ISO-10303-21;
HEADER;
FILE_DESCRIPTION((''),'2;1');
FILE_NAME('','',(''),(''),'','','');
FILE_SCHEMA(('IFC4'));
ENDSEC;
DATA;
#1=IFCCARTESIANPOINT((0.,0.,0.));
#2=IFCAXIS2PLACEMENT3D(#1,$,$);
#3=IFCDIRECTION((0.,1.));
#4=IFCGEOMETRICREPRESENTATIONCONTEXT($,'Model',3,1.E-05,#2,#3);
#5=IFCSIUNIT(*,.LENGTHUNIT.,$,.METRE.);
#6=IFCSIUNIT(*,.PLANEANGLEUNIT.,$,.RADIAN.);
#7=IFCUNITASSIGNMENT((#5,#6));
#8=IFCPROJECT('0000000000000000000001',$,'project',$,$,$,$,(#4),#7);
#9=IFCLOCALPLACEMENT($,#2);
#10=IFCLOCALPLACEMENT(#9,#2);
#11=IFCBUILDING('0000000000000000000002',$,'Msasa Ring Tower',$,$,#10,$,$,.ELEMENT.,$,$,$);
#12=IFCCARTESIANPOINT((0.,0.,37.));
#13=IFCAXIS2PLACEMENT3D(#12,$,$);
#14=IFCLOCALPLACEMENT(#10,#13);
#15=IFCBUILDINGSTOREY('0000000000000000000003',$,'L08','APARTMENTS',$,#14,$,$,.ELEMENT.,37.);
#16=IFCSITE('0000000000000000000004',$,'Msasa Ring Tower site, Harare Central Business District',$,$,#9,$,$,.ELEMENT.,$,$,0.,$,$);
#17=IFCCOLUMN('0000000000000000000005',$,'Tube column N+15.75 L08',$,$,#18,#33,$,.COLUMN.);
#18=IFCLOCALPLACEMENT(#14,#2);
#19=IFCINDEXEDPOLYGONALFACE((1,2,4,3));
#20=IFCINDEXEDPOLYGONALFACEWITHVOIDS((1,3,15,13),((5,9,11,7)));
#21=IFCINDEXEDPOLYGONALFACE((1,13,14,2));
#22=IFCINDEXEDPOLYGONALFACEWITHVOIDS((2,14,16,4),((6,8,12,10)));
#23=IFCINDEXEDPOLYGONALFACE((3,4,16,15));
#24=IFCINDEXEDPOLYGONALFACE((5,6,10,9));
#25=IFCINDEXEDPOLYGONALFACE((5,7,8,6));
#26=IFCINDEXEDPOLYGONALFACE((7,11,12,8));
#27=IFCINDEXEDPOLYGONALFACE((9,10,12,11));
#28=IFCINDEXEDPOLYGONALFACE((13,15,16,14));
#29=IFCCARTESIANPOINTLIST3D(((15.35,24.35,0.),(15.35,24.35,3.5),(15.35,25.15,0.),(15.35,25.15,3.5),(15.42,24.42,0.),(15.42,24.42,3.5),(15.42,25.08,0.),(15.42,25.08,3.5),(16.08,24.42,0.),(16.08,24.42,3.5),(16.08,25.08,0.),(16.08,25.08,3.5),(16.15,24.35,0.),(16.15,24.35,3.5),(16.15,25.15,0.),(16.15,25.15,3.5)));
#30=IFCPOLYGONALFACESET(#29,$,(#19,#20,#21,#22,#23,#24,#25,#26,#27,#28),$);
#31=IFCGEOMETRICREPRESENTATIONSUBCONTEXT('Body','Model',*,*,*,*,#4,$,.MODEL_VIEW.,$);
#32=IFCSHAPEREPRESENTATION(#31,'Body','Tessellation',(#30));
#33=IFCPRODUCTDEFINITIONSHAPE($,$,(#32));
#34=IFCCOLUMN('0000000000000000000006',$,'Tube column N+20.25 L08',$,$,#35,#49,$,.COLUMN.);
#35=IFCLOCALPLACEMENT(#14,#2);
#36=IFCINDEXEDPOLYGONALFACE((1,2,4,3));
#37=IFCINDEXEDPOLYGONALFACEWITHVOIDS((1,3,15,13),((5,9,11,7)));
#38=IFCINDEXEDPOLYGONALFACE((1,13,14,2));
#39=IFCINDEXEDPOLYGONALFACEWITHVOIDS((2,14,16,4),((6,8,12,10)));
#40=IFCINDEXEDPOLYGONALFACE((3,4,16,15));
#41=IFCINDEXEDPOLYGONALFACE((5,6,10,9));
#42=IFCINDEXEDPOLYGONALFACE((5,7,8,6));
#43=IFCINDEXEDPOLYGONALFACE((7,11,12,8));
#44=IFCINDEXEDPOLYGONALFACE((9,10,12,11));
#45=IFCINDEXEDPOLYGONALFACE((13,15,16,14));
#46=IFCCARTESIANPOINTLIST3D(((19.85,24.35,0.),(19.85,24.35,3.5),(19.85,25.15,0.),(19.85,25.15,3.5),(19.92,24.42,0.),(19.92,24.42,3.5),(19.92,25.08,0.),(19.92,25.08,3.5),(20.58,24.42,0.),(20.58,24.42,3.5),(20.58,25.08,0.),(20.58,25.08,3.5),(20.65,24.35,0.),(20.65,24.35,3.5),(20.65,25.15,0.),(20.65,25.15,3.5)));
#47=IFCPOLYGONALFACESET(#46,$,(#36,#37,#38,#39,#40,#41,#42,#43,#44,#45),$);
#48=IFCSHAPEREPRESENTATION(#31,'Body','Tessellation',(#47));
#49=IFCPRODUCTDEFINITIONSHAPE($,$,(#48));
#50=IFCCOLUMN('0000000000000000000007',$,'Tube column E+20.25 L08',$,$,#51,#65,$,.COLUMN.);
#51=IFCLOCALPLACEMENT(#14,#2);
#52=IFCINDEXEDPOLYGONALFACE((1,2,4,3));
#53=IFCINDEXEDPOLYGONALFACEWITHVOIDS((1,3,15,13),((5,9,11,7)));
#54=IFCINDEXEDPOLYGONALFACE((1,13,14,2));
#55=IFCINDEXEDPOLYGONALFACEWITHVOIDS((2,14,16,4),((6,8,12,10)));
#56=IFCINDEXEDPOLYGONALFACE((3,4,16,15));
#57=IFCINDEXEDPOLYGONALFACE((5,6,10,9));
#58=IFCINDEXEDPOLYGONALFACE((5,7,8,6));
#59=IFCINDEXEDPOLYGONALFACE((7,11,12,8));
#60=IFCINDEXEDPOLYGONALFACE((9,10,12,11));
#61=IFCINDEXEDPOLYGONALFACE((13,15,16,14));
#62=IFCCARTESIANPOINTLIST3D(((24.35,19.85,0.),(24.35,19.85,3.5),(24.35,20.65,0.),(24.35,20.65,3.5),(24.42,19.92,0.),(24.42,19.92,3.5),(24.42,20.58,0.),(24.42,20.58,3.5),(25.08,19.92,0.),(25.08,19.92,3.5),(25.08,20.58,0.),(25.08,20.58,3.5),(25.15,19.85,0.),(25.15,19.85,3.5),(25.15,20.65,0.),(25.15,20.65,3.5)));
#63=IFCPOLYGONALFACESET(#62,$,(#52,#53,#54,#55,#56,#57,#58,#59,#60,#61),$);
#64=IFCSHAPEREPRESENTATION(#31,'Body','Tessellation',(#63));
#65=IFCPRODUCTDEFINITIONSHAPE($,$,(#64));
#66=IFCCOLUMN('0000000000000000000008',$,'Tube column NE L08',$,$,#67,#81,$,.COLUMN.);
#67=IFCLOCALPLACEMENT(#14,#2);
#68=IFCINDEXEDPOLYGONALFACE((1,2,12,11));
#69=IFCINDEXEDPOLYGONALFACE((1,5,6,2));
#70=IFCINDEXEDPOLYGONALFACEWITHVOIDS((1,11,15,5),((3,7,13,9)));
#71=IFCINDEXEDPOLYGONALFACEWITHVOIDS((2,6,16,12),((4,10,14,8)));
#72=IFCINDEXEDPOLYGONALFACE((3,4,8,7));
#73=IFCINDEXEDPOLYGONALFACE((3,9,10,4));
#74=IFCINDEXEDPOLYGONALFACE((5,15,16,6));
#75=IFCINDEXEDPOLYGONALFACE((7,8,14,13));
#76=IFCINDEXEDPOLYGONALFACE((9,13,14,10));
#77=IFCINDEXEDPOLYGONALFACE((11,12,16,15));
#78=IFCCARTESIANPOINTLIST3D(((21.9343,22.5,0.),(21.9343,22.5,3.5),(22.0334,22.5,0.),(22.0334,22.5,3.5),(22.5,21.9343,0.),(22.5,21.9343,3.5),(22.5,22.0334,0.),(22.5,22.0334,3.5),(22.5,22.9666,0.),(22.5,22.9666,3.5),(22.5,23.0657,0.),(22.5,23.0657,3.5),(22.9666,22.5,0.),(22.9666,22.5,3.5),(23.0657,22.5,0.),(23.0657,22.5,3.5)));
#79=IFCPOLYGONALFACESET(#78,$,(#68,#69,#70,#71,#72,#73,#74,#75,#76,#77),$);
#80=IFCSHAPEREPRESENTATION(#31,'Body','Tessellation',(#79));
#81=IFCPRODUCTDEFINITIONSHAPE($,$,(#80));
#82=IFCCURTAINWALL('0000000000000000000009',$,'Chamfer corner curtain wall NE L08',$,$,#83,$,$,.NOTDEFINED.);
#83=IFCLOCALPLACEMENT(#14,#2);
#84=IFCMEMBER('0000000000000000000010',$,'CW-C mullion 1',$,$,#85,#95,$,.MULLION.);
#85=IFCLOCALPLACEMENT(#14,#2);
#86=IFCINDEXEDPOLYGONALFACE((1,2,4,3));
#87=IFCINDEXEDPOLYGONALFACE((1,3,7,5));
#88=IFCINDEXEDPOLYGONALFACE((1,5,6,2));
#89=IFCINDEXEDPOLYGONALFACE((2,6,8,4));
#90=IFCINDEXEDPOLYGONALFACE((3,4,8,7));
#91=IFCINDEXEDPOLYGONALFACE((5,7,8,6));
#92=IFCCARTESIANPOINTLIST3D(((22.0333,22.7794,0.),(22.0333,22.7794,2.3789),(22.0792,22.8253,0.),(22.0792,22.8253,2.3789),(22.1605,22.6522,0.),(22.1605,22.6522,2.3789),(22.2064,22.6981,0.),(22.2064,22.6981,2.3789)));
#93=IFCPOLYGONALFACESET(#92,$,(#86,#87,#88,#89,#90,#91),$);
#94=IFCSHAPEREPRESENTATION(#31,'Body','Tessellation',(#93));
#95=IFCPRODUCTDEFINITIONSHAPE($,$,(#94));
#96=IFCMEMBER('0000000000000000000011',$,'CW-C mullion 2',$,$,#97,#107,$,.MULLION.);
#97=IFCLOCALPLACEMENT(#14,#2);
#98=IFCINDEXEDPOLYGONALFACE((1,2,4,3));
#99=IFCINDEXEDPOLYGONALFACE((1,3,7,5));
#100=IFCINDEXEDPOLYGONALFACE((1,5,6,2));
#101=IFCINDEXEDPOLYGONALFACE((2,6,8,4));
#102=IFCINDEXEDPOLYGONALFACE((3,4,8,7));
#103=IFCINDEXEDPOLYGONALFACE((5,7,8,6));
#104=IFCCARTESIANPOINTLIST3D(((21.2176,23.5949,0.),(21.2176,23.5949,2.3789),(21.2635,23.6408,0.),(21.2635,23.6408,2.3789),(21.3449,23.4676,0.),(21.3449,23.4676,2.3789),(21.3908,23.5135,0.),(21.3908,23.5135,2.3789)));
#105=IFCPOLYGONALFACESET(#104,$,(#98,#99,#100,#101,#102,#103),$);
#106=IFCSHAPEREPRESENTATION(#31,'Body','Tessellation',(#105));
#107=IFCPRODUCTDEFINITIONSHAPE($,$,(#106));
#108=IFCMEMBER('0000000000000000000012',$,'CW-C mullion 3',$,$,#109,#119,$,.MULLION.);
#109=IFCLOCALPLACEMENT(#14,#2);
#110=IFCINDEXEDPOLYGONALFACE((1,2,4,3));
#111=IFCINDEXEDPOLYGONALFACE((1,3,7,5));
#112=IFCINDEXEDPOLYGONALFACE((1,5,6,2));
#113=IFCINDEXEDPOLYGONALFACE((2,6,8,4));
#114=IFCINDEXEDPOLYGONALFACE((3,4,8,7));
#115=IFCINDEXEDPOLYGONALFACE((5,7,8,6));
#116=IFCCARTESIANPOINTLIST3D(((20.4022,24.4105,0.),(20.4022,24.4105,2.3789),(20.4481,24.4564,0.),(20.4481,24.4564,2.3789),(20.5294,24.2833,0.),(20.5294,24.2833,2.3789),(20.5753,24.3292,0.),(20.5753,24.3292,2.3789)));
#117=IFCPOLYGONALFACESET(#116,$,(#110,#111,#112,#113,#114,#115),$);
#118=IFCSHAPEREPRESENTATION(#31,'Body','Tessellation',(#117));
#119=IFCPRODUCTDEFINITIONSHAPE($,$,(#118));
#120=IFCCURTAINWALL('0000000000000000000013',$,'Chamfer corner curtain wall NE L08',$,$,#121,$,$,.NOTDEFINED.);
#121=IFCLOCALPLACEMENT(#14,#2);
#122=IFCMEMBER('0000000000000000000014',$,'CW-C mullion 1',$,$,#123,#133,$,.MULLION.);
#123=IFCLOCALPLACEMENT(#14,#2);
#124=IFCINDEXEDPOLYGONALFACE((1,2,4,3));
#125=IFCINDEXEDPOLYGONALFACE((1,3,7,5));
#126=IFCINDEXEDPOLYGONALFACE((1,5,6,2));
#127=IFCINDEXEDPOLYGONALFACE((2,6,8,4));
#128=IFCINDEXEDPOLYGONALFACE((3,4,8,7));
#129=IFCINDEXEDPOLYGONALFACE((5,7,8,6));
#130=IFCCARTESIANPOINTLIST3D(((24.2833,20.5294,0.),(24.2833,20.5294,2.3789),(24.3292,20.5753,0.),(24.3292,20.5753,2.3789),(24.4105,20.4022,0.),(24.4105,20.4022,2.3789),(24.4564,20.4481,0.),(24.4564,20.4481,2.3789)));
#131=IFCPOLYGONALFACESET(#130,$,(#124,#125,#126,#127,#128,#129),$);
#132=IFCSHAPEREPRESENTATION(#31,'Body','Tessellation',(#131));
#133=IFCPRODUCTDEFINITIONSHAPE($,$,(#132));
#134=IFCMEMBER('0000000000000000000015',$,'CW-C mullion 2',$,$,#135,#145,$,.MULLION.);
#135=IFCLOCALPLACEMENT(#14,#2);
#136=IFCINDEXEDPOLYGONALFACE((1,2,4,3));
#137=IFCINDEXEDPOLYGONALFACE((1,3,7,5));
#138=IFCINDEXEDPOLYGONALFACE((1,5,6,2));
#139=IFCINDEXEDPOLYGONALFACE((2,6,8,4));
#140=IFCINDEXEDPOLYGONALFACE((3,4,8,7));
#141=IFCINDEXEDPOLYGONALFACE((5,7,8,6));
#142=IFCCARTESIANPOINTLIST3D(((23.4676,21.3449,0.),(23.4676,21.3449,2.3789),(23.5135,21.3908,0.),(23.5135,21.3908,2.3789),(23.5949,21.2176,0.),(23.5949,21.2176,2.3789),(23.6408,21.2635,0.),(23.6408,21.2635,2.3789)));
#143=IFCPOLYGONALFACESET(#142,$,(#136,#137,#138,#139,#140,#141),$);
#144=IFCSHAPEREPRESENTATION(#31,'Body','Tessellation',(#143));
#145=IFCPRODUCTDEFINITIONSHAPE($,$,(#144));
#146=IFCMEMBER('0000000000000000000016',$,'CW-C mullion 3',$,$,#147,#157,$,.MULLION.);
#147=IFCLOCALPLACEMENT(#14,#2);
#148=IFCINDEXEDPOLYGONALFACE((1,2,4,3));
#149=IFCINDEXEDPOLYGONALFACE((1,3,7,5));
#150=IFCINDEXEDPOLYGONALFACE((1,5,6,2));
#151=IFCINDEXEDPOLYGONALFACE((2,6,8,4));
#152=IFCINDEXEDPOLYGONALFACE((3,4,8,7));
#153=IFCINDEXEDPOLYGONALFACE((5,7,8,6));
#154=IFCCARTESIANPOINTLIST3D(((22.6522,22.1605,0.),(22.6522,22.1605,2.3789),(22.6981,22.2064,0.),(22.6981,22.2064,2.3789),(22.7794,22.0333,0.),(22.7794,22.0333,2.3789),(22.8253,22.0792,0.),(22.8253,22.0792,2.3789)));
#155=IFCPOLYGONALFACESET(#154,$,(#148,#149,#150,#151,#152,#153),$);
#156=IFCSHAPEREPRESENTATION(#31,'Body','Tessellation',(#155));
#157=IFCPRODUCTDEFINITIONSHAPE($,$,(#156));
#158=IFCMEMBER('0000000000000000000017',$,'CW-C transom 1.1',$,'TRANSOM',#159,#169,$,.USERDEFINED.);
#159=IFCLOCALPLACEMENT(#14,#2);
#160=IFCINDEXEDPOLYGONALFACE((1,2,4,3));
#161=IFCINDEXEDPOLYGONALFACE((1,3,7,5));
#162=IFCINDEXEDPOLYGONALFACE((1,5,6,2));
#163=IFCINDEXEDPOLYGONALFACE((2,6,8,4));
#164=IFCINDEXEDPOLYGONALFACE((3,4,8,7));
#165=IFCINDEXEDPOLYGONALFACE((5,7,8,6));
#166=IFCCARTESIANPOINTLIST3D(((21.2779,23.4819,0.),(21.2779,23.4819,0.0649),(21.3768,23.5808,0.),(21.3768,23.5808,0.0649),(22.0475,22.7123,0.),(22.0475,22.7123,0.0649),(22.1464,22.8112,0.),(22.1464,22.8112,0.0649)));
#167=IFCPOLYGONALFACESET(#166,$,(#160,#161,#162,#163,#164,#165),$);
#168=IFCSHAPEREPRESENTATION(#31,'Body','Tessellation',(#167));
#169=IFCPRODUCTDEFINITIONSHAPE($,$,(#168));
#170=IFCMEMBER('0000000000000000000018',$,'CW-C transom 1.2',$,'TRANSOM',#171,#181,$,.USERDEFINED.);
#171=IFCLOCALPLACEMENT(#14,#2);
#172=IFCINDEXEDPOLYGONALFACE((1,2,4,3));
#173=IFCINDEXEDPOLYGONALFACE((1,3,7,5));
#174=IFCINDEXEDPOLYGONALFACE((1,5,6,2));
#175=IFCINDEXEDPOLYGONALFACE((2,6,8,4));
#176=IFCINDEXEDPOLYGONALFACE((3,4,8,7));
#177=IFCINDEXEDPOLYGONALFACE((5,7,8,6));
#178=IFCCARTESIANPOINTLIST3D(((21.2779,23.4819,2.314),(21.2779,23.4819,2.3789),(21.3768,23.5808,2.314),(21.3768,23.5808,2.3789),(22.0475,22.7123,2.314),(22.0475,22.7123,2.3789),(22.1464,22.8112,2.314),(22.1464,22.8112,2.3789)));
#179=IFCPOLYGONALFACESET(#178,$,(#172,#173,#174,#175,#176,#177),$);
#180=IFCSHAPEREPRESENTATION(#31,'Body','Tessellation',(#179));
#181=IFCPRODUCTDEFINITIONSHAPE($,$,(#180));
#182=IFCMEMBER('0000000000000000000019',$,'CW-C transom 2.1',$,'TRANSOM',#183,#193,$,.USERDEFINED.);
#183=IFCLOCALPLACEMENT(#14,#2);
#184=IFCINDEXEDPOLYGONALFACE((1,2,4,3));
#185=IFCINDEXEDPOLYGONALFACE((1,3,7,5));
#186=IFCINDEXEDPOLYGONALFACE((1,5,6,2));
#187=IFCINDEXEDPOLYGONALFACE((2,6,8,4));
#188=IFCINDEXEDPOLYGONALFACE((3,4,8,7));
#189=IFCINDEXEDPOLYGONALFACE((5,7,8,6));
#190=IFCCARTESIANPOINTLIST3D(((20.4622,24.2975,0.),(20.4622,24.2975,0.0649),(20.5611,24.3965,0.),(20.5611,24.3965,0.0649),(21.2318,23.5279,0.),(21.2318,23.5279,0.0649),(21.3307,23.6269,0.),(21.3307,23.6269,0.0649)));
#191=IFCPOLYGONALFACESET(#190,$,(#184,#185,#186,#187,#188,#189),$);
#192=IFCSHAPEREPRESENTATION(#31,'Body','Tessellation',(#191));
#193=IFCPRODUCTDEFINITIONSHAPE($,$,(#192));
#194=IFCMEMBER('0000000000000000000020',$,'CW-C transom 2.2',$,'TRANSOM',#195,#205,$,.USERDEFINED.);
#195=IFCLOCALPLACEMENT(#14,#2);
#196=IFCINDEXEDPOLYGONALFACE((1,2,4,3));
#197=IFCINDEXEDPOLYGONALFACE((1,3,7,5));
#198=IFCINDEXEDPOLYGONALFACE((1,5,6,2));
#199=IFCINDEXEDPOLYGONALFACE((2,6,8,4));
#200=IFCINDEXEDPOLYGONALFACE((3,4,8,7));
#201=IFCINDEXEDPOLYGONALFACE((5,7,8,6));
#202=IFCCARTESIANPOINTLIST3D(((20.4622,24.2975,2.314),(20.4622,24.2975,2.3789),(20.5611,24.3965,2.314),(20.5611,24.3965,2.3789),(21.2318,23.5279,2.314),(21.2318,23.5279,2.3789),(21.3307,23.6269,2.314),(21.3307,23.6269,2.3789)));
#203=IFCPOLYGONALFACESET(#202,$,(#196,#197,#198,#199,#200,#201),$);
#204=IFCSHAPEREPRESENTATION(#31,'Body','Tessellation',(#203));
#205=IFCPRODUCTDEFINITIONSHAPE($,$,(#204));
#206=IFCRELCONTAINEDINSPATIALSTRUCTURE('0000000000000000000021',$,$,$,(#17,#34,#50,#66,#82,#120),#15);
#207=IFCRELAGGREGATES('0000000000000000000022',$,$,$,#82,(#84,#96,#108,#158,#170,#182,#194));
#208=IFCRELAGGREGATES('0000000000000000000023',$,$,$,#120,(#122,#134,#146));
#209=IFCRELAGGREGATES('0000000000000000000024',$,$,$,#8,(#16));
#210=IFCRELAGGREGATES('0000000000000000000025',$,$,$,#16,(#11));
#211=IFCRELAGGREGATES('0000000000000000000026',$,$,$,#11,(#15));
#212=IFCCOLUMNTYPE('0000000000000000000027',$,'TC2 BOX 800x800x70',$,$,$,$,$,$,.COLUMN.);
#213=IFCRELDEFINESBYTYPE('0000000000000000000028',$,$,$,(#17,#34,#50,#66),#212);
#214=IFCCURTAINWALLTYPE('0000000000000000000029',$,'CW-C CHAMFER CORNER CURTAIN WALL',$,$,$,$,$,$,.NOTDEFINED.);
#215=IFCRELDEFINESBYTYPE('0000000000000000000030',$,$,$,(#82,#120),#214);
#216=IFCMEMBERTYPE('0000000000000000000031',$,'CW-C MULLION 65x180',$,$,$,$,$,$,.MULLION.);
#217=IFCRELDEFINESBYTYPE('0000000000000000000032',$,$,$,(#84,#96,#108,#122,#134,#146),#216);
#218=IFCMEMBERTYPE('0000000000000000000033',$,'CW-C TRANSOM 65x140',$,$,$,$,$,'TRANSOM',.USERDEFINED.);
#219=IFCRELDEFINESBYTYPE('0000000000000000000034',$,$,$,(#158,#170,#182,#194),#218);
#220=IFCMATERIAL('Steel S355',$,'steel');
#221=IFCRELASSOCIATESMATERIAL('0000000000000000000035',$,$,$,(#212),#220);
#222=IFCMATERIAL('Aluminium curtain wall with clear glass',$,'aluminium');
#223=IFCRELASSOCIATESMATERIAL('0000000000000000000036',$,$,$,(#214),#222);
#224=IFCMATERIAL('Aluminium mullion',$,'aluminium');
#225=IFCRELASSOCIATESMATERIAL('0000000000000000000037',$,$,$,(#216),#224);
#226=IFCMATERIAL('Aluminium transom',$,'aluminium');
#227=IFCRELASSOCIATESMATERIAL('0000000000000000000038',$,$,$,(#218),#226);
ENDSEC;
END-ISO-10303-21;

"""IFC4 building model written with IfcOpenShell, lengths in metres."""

from ifc_helpers import new_model, si_unit, direction, frame, origin, origin_2d, place, context, subcontext, project, spatial, rectangle, hollow_rectangle, extrude, material, material_profile, profile_set, type_object, element, aggregate, save


model = new_model("IFC4")

# Units and contexts
model_context = context("Model", 3, precision=1e-05, world=origin(), true_north=direction((0.0, 1.0)))
body_context = subcontext(model_context, "Body", "Model", "MODEL_VIEW")
ifc_project = project(units=[si_unit("LENGTHUNIT", "METRE"), si_unit("PLANEANGLEUNIT", "RADIAN")], contexts=[model_context])

# Site, building, storey
site_placement = place(None, origin())
site = spatial("IfcSite", under=ifc_project, at=site_placement, Name="Msasa Ring Tower site, Harare Central Business District", CompositionType="ELEMENT", RefElevation=0.0)
building_placement = place(site_placement, origin())
building = spatial("IfcBuilding", under=site, at=building_placement, Name="Msasa Ring Tower", CompositionType="ELEMENT")
storey_placement = place(building_placement, frame((0.0, 0.0, 37.0)))
storey = spatial("IfcBuildingStorey", under=building, at=storey_placement, Name="L08", Description="APARTMENTS", CompositionType="ELEMENT", Elevation=37.0)

# Columns
ifc_material_1 = material(Name="Steel S355", Category="steel")
ifc_material_profile_1 = material_profile(ifc_material_1, hollow_rectangle(XDim=0.8, YDim=0.8, WallThickness=0.0701, at=origin_2d()), Name="BOX 800x800x70")
ifc_profile_set_1 = profile_set([ifc_material_profile_1], Name="Steel S355")
column_type = type_object("IfcColumnType", Name="TC2 BOX 800x800x70", PredefinedType="COLUMN", material=ifc_profile_set_1)
for number, where, z_axis, x_axis, name in (
    (1, (15.75, 24.75, 0.0), (0.0, 0.0, 1.0), (0.0, 1.0, 0.0), "Tube column N+15.75 L08"),
    (2, (20.25, 24.75, 0.0), (0.0, 0.0, 1.0), (0.0, 1.0, 0.0), "Tube column N+20.25 L08"),
    (3, (24.75, 20.25, 0.0), (0.0, 0.0, 1.0), (1.0, 0.0, 0.0), "Tube column E+20.25 L08"),
    (4, (22.5, 22.5, 0.0), (0.0, 0.0, 1.0), (0.707107, 0.707107, 0.0), "Tube column NE L08"),
):
    element("IfcColumn", number, at=place(storey_placement, frame(where, z_axis=z_axis, x_axis=x_axis)), inside=storey, type_object=column_type, Name=name, PredefinedType="COLUMN", context=body_context, shape_type="SweptSolid", body=[
        extrude(hollow_rectangle(XDim=0.8, YDim=0.8, WallThickness=0.0701, at=origin_2d()), origin(), (0.0, 0.0, 1.0), 3.5),
    ])

# Curtain walls, members
ifc_material_2 = material(Name="Aluminium curtain wall with clear glass", Category="aluminium")
curtain_wall_type = type_object("IfcCurtainWallType", Name="CW-C CHAMFER CORNER CURTAIN WALL", PredefinedType="NOTDEFINED", material=ifc_material_2)
curtain_wall_1_placement = place(storey_placement, origin())
curtain_wall_1 = element("IfcCurtainWall", 5, at=curtain_wall_1_placement, inside=storey, type_object=curtain_wall_type, Name="Chamfer corner curtain wall NE L08", PredefinedType="NOTDEFINED")
ifc_material_3 = material(Name="Aluminium mullion", Category="aluminium")
ifc_material_profile_2 = material_profile(ifc_material_3, rectangle(XDim=0.0649, YDim=0.1799, at=origin_2d()), Name="AL 65x180")
ifc_profile_set_2 = profile_set([ifc_material_profile_2], Name="Aluminium mullion")
member_type_1 = type_object("IfcMemberType", Name="CW-C MULLION 65x180", PredefinedType="MULLION", material=ifc_profile_set_2)
member_1_placement = place(storey_placement, frame((22.1199, 22.7388, 0.0), z_axis=(0.0, 0.0, 1.0), x_axis=(-0.707107, -0.707107, 0.0)))
member_1 = element("IfcMember", 6, at=member_1_placement, type_object=member_type_1, Name="CW-C mullion 1", PredefinedType="MULLION", context=body_context, shape_type="SweptSolid", body=[
    extrude(rectangle(XDim=0.0649, YDim=0.1799, at=origin_2d()), origin(), (0.0, 0.0, 1.0), 2.3789),
])
member_2_placement = place(storey_placement, frame((21.3042, 23.5542, 0.0), z_axis=(0.0, 0.0, 1.0), x_axis=(-0.707107, -0.707107, 0.0)))
member_2 = element("IfcMember", 7, at=member_2_placement, type_object=member_type_1, Name="CW-C mullion 2", PredefinedType="MULLION", context=body_context, shape_type="SweptSolid", body=[
    extrude(rectangle(XDim=0.0649, YDim=0.1799, at=origin_2d()), origin(), (0.0, 0.0, 1.0), 2.3789),
])
member_3_placement = place(storey_placement, frame((20.4888, 24.3699, 0.0), z_axis=(0.0, 0.0, 1.0), x_axis=(-0.707107, -0.707107, 0.0)))
member_3 = element("IfcMember", 8, at=member_3_placement, type_object=member_type_1, Name="CW-C mullion 3", PredefinedType="MULLION", context=body_context, shape_type="SweptSolid", body=[
    extrude(rectangle(XDim=0.0649, YDim=0.1799, at=origin_2d()), origin(), (0.0, 0.0, 1.0), 2.3789),
])
curtain_wall_2_placement = place(storey_placement, origin())
curtain_wall_2 = element("IfcCurtainWall", 9, at=curtain_wall_2_placement, inside=storey, type_object=curtain_wall_type, Name="Chamfer corner curtain wall NE L08", PredefinedType="NOTDEFINED")
member_4_placement = place(storey_placement, frame((24.3699, 20.4888, 0.0), z_axis=(0.0, 0.0, 1.0), x_axis=(-0.707107, -0.707107, 0.0)))
member_4 = element("IfcMember", 10, at=member_4_placement, type_object=member_type_1, Name="CW-C mullion 1", PredefinedType="MULLION", context=body_context, shape_type="SweptSolid", body=[
    extrude(rectangle(XDim=0.0649, YDim=0.1799, at=origin_2d()), origin(), (0.0, 0.0, 1.0), 2.3789),
])
member_5_placement = place(storey_placement, frame((23.5542, 21.3042, 0.0), z_axis=(0.0, 0.0, 1.0), x_axis=(-0.707107, -0.707107, 0.0)))
member_5 = element("IfcMember", 11, at=member_5_placement, type_object=member_type_1, Name="CW-C mullion 2", PredefinedType="MULLION", context=body_context, shape_type="SweptSolid", body=[
    extrude(rectangle(XDim=0.0649, YDim=0.1799, at=origin_2d()), origin(), (0.0, 0.0, 1.0), 2.3789),
])
member_6_placement = place(storey_placement, frame((22.7388, 22.1199, 0.0), z_axis=(0.0, 0.0, 1.0), x_axis=(-0.707107, -0.707107, 0.0)))
member_6 = element("IfcMember", 12, at=member_6_placement, type_object=member_type_1, Name="CW-C mullion 3", PredefinedType="MULLION", context=body_context, shape_type="SweptSolid", body=[
    extrude(rectangle(XDim=0.0649, YDim=0.1799, at=origin_2d()), origin(), (0.0, 0.0, 1.0), 2.3789),
])

# Members
ifc_material_4 = material(Name="Aluminium transom", Category="aluminium")
ifc_material_profile_3 = material_profile(ifc_material_4, rectangle(XDim=0.1399, YDim=0.0649, at=origin_2d()), Name="AL 65x140")
ifc_profile_set_3 = profile_set([ifc_material_profile_3], Name="Aluminium transom")
member_type_2 = type_object("IfcMemberType", Name="CW-C TRANSOM 65x140", ElementType="TRANSOM", PredefinedType="USERDEFINED", material=ifc_profile_set_3)
member_7_placement = place(storey_placement, frame((22.0969, 22.7617, 0.0325), z_axis=(-0.707107, 0.707107, 0.0), x_axis=(-0.707107, -0.707107, 0.0)))
member_7 = element("IfcMember", 13, at=member_7_placement, type_object=member_type_2, Name="CW-C transom 1.1", ObjectType="TRANSOM", PredefinedType="USERDEFINED", context=body_context, shape_type="SweptSolid", body=[
    extrude(rectangle(XDim=0.1399, YDim=0.0649, at=origin_2d()), origin(), (0.0, 0.0, 1.0), 1.0884),
])
member_8_placement = place(storey_placement, frame((22.0969, 22.7617, 2.3464), z_axis=(-0.707107, 0.707107, 0.0), x_axis=(-0.707107, -0.707107, 0.0)))
member_8 = element("IfcMember", 14, at=member_8_placement, type_object=member_type_2, Name="CW-C transom 1.2", ObjectType="TRANSOM", PredefinedType="USERDEFINED", context=body_context, shape_type="SweptSolid", body=[
    extrude(rectangle(XDim=0.1399, YDim=0.0649, at=origin_2d()), origin(), (0.0, 0.0, 1.0), 1.0884),
])
member_9_placement = place(storey_placement, frame((21.2812, 23.5774, 0.0325), z_axis=(-0.707107, 0.707107, 0.0), x_axis=(-0.707107, -0.707107, 0.0)))
member_9 = element("IfcMember", 15, at=member_9_placement, type_object=member_type_2, Name="CW-C transom 2.1", ObjectType="TRANSOM", PredefinedType="USERDEFINED", context=body_context, shape_type="SweptSolid", body=[
    extrude(rectangle(XDim=0.1399, YDim=0.0649, at=origin_2d()), origin(), (0.0, 0.0, 1.0), 1.0884),
])
member_10_placement = place(storey_placement, frame((21.2812, 23.5774, 2.3464), z_axis=(-0.707107, 0.707107, 0.0), x_axis=(-0.707107, -0.707107, 0.0)))
member_10 = element("IfcMember", 16, at=member_10_placement, type_object=member_type_2, Name="CW-C transom 2.2", ObjectType="TRANSOM", PredefinedType="USERDEFINED", context=body_context, shape_type="SweptSolid", body=[
    extrude(rectangle(XDim=0.1399, YDim=0.0649, at=origin_2d()), origin(), (0.0, 0.0, 1.0), 1.0884),
])

aggregate(curtain_wall_1, [member_1, member_2, member_3, member_7, member_8, member_9, member_10])
aggregate(curtain_wall_2, [member_4, member_5, member_6])

save(model, "model.ifc")
